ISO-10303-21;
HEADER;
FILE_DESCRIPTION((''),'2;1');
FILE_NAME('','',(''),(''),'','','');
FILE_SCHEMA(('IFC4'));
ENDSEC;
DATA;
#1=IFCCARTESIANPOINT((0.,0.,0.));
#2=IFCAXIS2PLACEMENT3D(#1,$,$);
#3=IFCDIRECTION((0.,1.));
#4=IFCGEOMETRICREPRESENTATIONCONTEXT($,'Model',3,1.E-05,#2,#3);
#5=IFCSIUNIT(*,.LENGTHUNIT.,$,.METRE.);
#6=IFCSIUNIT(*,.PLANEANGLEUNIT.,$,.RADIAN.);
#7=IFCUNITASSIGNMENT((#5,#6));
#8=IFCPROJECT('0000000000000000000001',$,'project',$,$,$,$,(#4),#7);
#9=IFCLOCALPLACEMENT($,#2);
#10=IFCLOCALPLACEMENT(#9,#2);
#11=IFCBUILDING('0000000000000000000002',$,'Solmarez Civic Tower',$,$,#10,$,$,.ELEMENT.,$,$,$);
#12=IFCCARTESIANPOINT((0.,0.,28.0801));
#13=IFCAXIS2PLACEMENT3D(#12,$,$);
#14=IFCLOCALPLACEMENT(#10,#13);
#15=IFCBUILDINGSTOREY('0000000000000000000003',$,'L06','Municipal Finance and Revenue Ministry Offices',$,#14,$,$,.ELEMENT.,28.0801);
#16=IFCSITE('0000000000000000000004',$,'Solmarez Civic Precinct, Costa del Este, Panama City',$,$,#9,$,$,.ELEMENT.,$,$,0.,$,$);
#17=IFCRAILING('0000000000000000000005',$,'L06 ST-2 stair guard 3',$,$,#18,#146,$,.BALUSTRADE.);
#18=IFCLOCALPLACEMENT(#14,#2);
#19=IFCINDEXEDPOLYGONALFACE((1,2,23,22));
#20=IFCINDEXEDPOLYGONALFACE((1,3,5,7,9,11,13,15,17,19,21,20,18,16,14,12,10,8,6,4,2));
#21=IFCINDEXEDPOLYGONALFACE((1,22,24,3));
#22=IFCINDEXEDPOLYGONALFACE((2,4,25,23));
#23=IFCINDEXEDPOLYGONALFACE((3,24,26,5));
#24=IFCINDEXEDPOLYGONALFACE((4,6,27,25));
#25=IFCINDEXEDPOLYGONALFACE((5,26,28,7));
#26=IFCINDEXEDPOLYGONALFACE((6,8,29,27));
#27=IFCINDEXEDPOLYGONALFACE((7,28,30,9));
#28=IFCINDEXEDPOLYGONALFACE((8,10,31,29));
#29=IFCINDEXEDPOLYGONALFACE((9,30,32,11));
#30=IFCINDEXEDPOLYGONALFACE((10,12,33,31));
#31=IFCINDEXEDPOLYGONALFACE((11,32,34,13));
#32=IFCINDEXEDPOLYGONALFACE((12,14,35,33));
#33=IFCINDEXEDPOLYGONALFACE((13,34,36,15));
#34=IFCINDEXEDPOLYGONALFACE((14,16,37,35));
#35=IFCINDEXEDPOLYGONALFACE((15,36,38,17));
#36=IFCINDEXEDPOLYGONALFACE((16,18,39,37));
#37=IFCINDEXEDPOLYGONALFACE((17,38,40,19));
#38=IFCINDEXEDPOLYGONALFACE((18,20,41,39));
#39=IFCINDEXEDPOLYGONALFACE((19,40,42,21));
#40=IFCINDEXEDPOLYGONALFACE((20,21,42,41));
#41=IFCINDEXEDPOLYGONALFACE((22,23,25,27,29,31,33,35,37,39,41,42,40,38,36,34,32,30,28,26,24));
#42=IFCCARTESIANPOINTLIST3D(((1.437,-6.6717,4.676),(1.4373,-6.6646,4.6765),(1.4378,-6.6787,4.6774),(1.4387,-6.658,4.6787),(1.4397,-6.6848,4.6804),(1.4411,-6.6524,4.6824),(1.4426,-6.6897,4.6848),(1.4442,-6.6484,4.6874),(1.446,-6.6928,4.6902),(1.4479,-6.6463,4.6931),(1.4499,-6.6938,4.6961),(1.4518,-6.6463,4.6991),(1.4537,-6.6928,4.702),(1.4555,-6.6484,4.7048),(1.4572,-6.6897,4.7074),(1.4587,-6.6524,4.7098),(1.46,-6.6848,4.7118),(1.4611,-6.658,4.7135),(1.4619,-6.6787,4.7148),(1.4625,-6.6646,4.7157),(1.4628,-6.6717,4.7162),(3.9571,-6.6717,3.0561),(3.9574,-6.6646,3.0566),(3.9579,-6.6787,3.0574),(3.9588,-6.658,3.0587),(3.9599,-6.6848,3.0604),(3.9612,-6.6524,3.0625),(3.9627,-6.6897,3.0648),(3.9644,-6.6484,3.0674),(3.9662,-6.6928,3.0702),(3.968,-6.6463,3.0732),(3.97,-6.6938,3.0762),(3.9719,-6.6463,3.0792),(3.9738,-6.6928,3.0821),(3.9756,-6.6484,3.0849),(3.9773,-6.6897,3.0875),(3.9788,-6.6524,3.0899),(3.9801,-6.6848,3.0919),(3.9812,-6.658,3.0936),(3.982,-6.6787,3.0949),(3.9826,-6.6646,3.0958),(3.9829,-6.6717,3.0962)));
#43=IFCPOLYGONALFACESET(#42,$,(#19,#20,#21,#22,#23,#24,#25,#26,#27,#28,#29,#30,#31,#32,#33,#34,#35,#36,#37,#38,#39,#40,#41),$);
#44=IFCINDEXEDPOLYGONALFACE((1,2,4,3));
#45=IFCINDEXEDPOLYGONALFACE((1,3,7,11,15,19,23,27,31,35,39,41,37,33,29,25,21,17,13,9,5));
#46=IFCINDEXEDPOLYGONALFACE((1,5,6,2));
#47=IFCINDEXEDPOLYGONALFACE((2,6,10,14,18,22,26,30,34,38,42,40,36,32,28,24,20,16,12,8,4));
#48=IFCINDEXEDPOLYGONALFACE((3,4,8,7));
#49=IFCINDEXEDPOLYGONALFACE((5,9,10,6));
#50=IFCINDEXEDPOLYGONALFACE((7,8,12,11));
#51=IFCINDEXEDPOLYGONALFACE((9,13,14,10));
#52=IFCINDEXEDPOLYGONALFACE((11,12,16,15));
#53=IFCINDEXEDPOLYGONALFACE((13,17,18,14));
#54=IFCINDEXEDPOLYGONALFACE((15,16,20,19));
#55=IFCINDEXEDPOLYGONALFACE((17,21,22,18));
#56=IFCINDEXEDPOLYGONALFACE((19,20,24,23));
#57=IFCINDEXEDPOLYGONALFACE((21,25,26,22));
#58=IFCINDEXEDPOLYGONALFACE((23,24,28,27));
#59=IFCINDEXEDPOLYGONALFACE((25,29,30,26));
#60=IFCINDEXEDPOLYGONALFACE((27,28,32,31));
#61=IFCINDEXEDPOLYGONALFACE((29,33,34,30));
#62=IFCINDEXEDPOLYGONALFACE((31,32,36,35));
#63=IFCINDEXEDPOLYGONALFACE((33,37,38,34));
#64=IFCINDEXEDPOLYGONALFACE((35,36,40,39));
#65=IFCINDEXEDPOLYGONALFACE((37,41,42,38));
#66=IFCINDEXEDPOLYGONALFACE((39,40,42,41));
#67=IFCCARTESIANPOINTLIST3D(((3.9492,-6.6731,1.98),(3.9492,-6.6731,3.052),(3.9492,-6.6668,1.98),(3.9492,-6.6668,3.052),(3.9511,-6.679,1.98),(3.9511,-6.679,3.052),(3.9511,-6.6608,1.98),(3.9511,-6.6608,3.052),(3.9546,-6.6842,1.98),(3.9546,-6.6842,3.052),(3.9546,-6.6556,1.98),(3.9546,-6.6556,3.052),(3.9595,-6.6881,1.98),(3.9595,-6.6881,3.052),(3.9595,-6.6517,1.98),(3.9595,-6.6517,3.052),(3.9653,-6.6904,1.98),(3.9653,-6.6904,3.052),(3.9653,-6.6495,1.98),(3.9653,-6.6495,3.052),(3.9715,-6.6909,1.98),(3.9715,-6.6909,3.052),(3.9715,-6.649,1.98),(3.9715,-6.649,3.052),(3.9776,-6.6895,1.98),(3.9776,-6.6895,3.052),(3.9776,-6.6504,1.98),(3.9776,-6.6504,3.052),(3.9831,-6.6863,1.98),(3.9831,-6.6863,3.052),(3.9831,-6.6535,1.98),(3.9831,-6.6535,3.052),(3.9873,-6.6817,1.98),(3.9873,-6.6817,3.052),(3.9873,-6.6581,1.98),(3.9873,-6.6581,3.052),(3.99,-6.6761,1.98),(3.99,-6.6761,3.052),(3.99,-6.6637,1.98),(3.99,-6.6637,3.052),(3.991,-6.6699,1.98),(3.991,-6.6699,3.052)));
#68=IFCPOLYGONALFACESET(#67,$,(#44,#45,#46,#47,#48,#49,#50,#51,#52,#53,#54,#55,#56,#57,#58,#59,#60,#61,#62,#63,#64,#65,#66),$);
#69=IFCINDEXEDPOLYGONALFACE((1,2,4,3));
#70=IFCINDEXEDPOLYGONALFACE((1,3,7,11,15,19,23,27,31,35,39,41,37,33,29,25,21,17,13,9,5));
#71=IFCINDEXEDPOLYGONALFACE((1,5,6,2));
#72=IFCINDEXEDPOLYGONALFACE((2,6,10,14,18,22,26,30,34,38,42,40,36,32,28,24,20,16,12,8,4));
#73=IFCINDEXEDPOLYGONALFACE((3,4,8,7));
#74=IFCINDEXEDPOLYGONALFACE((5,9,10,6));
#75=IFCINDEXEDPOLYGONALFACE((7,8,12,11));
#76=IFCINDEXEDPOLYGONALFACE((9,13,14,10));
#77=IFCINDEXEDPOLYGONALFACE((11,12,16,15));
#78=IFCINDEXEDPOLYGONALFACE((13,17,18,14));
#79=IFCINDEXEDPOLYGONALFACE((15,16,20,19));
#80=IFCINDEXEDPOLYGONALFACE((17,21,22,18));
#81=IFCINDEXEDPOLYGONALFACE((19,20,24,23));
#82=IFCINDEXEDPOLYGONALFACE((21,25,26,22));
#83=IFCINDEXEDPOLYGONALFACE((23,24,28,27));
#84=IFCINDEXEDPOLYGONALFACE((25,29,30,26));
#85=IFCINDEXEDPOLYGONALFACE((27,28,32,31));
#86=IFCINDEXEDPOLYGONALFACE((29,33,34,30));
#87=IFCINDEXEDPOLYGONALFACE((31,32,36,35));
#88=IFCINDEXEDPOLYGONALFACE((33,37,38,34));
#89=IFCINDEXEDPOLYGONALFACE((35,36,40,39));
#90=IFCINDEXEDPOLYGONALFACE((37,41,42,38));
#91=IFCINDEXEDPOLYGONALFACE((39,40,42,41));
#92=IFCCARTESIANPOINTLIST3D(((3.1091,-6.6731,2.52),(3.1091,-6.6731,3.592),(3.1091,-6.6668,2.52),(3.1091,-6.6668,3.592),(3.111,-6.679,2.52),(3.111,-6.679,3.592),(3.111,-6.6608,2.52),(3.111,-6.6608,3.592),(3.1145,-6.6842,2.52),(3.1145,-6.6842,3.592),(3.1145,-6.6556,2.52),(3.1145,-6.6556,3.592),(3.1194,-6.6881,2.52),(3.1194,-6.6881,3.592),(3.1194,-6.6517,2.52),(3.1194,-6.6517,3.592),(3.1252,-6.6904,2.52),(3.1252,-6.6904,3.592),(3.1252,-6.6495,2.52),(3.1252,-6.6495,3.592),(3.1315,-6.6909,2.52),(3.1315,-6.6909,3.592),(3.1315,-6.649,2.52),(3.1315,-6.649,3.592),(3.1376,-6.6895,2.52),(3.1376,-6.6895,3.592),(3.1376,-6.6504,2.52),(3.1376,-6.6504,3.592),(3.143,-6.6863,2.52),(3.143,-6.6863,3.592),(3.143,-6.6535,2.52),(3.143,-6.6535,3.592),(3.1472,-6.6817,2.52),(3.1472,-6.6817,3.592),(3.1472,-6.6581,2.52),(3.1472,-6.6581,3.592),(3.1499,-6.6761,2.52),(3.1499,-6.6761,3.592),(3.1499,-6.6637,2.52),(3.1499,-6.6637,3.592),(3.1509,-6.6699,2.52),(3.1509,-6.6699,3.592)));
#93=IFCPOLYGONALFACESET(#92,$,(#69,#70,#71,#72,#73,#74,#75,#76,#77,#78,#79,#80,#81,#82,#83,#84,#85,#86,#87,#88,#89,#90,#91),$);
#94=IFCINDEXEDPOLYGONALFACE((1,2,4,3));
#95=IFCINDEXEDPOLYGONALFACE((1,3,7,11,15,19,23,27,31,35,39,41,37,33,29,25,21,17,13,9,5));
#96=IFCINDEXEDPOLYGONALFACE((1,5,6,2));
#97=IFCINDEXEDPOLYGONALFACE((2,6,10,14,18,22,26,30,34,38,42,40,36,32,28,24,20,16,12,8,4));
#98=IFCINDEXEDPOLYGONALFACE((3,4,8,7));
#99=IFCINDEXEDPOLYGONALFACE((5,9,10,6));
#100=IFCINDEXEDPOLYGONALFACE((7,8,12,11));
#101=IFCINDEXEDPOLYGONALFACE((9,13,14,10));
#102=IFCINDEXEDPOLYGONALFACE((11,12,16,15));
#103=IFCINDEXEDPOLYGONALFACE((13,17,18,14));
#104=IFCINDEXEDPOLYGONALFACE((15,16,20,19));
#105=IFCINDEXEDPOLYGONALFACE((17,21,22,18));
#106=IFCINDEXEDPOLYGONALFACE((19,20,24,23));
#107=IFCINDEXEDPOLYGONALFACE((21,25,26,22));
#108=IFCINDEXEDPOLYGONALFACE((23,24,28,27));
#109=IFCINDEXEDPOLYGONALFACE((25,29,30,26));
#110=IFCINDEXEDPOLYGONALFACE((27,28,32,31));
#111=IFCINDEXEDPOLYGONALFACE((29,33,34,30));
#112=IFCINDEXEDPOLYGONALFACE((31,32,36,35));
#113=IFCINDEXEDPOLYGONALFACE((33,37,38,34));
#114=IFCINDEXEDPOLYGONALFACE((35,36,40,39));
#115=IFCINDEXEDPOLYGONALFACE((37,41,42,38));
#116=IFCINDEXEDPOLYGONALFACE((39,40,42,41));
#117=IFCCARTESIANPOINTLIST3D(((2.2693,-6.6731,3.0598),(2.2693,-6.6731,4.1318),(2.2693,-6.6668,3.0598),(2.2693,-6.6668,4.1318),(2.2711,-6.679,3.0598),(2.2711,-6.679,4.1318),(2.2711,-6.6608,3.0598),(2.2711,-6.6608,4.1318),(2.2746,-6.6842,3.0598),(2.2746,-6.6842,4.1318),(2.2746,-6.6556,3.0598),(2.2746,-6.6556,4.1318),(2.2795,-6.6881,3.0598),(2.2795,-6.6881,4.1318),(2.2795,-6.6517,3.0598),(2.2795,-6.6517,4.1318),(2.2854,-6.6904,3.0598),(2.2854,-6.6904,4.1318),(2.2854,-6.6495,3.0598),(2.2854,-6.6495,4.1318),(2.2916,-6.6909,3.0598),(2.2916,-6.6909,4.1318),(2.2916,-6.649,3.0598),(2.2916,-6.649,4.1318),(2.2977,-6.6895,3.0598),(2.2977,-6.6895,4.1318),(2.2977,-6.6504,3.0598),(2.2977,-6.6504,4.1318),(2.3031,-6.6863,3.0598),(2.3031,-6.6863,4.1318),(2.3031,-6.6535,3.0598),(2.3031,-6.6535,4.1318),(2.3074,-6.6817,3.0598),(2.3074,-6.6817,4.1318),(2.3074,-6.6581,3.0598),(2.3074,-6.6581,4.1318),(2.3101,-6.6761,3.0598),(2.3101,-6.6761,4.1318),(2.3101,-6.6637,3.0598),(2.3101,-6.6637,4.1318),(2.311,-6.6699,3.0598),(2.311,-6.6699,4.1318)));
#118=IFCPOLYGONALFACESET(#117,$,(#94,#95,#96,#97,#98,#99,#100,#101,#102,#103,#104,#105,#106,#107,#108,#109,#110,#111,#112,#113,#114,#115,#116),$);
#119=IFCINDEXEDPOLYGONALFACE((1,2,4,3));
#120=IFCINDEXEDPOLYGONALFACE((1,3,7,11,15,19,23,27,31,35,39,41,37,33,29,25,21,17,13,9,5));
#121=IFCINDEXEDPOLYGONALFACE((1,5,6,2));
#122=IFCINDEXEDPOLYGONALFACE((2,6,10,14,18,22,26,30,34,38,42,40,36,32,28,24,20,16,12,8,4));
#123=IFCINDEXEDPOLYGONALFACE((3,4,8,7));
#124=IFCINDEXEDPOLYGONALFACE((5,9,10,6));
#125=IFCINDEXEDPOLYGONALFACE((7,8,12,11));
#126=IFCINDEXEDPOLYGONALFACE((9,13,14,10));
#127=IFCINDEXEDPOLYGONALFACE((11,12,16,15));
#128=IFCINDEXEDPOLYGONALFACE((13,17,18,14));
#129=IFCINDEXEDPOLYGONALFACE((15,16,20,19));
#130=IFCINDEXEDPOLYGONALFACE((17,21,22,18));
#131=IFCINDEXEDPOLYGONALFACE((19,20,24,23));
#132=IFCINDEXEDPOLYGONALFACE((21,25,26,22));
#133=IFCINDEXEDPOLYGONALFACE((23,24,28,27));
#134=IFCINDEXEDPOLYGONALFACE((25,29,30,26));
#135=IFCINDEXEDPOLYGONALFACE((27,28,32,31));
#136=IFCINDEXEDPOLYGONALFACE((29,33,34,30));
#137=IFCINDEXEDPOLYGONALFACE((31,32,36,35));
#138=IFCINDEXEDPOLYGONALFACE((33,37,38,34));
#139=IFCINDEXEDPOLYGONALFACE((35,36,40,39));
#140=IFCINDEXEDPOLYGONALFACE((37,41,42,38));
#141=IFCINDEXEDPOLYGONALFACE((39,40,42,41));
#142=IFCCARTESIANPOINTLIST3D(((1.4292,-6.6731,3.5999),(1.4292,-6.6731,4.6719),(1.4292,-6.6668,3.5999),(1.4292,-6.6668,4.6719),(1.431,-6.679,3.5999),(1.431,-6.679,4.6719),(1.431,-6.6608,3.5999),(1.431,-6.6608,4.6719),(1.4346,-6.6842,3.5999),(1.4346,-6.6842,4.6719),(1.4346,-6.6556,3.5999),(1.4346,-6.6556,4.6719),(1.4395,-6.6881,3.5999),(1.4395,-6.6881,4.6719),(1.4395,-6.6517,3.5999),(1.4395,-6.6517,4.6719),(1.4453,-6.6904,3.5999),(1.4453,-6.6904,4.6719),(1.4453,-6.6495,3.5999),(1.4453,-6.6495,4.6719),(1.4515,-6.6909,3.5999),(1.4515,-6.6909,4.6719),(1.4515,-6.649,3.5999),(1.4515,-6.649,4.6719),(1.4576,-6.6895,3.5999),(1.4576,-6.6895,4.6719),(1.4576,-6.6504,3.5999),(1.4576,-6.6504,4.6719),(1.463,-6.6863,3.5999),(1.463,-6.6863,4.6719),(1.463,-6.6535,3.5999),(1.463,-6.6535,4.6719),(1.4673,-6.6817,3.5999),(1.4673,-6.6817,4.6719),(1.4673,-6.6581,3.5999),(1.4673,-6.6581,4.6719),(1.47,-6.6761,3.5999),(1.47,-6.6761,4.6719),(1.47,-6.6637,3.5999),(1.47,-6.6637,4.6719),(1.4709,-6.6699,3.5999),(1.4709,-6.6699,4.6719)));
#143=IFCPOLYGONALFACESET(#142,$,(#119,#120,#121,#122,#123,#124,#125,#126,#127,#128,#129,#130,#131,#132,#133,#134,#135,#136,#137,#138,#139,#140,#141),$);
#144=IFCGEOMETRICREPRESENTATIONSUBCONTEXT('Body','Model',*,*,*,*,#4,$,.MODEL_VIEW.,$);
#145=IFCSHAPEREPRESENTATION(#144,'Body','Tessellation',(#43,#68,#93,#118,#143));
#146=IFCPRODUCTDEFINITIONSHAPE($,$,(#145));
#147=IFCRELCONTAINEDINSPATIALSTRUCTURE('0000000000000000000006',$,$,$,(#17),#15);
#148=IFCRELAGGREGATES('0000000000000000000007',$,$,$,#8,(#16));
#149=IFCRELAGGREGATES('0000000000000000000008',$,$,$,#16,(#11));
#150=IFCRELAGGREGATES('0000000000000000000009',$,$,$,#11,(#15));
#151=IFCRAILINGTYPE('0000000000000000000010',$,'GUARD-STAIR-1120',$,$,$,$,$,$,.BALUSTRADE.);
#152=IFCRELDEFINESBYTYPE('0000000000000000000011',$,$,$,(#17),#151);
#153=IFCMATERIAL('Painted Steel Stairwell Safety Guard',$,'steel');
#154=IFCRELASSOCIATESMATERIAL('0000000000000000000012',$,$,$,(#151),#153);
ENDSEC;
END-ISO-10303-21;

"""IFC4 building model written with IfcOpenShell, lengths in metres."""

from ifc_helpers import new_model, si_unit, direction, frame, origin, origin_2d, place, context, subcontext, project, spatial, circle, extrude, material, type_object, element, save


model = new_model("IFC4")

# Units and contexts
model_context = context("Model", 3, precision=1e-05, world=origin(), true_north=direction((0.0, 1.0)))
body_context = subcontext(model_context, "Body", "Model", "MODEL_VIEW")
ifc_project = project(units=[si_unit("LENGTHUNIT", "METRE"), si_unit("PLANEANGLEUNIT", "RADIAN")], contexts=[model_context])

# Site, building, storey
site_placement = place(None, origin())
site = spatial("IfcSite", under=ifc_project, at=site_placement, Name="Solmarez Civic Precinct, Costa del Este, Panama City", CompositionType="ELEMENT", RefElevation=0.0)
building_placement = place(site_placement, origin())
building = spatial("IfcBuilding", under=site, at=building_placement, Name="Solmarez Civic Tower", CompositionType="ELEMENT")
storey_placement = place(building_placement, frame((0.0, 0.0, 28.0801)))
storey = spatial("IfcBuildingStorey", under=building, at=storey_placement, Name="L06", Description="Municipal Finance and Revenue Ministry Offices", CompositionType="ELEMENT", Elevation=28.0801)

# Railing
ifc_material_1 = material(Name="Painted Steel Stairwell Safety Guard", Category="steel")
railing_type_1 = type_object("IfcRailingType", Name="GUARD-STAIR-1120", PredefinedType="BALUSTRADE", material=ifc_material_1)
railing_1_placement = place(storey_placement, frame((3.97, -6.6699, 1.98)))
element("IfcRailing", 1, at=railing_1_placement, inside=storey, type_object=railing_type_1, Name="L06 ST-2 stair guard 3", PredefinedType="BALUSTRADE", context=body_context, shape_type="SweptSolid", body=[
    extrude(circle(Radius=0.0239, at=origin_2d()), frame((0.0, 0.0, 1.0962), z_axis=(-0.8412, 0.0, 0.540725), x_axis=(0.0, -1.0, 0.0)), (0.0, 0.0, 1.0), 2.9958),
    extrude(circle(Radius=0.021, at=origin_2d()), origin(), (0.0, 0.0, 1.0), 1.072),
    extrude(circle(Radius=0.021, at=origin_2d()), frame((-0.8401, 0.0, 0.54)), (0.0, 0.0, 1.0), 1.072),
    extrude(circle(Radius=0.021, at=origin_2d()), frame((-1.6799, 0.0, 1.0798)), (0.0, 0.0, 1.0), 1.072),
    extrude(circle(Radius=0.021, at=origin_2d()), frame((-2.52, 0.0, 1.6199)), (0.0, 0.0, 1.0), 1.072),
])

save(model, "model.ifc")
